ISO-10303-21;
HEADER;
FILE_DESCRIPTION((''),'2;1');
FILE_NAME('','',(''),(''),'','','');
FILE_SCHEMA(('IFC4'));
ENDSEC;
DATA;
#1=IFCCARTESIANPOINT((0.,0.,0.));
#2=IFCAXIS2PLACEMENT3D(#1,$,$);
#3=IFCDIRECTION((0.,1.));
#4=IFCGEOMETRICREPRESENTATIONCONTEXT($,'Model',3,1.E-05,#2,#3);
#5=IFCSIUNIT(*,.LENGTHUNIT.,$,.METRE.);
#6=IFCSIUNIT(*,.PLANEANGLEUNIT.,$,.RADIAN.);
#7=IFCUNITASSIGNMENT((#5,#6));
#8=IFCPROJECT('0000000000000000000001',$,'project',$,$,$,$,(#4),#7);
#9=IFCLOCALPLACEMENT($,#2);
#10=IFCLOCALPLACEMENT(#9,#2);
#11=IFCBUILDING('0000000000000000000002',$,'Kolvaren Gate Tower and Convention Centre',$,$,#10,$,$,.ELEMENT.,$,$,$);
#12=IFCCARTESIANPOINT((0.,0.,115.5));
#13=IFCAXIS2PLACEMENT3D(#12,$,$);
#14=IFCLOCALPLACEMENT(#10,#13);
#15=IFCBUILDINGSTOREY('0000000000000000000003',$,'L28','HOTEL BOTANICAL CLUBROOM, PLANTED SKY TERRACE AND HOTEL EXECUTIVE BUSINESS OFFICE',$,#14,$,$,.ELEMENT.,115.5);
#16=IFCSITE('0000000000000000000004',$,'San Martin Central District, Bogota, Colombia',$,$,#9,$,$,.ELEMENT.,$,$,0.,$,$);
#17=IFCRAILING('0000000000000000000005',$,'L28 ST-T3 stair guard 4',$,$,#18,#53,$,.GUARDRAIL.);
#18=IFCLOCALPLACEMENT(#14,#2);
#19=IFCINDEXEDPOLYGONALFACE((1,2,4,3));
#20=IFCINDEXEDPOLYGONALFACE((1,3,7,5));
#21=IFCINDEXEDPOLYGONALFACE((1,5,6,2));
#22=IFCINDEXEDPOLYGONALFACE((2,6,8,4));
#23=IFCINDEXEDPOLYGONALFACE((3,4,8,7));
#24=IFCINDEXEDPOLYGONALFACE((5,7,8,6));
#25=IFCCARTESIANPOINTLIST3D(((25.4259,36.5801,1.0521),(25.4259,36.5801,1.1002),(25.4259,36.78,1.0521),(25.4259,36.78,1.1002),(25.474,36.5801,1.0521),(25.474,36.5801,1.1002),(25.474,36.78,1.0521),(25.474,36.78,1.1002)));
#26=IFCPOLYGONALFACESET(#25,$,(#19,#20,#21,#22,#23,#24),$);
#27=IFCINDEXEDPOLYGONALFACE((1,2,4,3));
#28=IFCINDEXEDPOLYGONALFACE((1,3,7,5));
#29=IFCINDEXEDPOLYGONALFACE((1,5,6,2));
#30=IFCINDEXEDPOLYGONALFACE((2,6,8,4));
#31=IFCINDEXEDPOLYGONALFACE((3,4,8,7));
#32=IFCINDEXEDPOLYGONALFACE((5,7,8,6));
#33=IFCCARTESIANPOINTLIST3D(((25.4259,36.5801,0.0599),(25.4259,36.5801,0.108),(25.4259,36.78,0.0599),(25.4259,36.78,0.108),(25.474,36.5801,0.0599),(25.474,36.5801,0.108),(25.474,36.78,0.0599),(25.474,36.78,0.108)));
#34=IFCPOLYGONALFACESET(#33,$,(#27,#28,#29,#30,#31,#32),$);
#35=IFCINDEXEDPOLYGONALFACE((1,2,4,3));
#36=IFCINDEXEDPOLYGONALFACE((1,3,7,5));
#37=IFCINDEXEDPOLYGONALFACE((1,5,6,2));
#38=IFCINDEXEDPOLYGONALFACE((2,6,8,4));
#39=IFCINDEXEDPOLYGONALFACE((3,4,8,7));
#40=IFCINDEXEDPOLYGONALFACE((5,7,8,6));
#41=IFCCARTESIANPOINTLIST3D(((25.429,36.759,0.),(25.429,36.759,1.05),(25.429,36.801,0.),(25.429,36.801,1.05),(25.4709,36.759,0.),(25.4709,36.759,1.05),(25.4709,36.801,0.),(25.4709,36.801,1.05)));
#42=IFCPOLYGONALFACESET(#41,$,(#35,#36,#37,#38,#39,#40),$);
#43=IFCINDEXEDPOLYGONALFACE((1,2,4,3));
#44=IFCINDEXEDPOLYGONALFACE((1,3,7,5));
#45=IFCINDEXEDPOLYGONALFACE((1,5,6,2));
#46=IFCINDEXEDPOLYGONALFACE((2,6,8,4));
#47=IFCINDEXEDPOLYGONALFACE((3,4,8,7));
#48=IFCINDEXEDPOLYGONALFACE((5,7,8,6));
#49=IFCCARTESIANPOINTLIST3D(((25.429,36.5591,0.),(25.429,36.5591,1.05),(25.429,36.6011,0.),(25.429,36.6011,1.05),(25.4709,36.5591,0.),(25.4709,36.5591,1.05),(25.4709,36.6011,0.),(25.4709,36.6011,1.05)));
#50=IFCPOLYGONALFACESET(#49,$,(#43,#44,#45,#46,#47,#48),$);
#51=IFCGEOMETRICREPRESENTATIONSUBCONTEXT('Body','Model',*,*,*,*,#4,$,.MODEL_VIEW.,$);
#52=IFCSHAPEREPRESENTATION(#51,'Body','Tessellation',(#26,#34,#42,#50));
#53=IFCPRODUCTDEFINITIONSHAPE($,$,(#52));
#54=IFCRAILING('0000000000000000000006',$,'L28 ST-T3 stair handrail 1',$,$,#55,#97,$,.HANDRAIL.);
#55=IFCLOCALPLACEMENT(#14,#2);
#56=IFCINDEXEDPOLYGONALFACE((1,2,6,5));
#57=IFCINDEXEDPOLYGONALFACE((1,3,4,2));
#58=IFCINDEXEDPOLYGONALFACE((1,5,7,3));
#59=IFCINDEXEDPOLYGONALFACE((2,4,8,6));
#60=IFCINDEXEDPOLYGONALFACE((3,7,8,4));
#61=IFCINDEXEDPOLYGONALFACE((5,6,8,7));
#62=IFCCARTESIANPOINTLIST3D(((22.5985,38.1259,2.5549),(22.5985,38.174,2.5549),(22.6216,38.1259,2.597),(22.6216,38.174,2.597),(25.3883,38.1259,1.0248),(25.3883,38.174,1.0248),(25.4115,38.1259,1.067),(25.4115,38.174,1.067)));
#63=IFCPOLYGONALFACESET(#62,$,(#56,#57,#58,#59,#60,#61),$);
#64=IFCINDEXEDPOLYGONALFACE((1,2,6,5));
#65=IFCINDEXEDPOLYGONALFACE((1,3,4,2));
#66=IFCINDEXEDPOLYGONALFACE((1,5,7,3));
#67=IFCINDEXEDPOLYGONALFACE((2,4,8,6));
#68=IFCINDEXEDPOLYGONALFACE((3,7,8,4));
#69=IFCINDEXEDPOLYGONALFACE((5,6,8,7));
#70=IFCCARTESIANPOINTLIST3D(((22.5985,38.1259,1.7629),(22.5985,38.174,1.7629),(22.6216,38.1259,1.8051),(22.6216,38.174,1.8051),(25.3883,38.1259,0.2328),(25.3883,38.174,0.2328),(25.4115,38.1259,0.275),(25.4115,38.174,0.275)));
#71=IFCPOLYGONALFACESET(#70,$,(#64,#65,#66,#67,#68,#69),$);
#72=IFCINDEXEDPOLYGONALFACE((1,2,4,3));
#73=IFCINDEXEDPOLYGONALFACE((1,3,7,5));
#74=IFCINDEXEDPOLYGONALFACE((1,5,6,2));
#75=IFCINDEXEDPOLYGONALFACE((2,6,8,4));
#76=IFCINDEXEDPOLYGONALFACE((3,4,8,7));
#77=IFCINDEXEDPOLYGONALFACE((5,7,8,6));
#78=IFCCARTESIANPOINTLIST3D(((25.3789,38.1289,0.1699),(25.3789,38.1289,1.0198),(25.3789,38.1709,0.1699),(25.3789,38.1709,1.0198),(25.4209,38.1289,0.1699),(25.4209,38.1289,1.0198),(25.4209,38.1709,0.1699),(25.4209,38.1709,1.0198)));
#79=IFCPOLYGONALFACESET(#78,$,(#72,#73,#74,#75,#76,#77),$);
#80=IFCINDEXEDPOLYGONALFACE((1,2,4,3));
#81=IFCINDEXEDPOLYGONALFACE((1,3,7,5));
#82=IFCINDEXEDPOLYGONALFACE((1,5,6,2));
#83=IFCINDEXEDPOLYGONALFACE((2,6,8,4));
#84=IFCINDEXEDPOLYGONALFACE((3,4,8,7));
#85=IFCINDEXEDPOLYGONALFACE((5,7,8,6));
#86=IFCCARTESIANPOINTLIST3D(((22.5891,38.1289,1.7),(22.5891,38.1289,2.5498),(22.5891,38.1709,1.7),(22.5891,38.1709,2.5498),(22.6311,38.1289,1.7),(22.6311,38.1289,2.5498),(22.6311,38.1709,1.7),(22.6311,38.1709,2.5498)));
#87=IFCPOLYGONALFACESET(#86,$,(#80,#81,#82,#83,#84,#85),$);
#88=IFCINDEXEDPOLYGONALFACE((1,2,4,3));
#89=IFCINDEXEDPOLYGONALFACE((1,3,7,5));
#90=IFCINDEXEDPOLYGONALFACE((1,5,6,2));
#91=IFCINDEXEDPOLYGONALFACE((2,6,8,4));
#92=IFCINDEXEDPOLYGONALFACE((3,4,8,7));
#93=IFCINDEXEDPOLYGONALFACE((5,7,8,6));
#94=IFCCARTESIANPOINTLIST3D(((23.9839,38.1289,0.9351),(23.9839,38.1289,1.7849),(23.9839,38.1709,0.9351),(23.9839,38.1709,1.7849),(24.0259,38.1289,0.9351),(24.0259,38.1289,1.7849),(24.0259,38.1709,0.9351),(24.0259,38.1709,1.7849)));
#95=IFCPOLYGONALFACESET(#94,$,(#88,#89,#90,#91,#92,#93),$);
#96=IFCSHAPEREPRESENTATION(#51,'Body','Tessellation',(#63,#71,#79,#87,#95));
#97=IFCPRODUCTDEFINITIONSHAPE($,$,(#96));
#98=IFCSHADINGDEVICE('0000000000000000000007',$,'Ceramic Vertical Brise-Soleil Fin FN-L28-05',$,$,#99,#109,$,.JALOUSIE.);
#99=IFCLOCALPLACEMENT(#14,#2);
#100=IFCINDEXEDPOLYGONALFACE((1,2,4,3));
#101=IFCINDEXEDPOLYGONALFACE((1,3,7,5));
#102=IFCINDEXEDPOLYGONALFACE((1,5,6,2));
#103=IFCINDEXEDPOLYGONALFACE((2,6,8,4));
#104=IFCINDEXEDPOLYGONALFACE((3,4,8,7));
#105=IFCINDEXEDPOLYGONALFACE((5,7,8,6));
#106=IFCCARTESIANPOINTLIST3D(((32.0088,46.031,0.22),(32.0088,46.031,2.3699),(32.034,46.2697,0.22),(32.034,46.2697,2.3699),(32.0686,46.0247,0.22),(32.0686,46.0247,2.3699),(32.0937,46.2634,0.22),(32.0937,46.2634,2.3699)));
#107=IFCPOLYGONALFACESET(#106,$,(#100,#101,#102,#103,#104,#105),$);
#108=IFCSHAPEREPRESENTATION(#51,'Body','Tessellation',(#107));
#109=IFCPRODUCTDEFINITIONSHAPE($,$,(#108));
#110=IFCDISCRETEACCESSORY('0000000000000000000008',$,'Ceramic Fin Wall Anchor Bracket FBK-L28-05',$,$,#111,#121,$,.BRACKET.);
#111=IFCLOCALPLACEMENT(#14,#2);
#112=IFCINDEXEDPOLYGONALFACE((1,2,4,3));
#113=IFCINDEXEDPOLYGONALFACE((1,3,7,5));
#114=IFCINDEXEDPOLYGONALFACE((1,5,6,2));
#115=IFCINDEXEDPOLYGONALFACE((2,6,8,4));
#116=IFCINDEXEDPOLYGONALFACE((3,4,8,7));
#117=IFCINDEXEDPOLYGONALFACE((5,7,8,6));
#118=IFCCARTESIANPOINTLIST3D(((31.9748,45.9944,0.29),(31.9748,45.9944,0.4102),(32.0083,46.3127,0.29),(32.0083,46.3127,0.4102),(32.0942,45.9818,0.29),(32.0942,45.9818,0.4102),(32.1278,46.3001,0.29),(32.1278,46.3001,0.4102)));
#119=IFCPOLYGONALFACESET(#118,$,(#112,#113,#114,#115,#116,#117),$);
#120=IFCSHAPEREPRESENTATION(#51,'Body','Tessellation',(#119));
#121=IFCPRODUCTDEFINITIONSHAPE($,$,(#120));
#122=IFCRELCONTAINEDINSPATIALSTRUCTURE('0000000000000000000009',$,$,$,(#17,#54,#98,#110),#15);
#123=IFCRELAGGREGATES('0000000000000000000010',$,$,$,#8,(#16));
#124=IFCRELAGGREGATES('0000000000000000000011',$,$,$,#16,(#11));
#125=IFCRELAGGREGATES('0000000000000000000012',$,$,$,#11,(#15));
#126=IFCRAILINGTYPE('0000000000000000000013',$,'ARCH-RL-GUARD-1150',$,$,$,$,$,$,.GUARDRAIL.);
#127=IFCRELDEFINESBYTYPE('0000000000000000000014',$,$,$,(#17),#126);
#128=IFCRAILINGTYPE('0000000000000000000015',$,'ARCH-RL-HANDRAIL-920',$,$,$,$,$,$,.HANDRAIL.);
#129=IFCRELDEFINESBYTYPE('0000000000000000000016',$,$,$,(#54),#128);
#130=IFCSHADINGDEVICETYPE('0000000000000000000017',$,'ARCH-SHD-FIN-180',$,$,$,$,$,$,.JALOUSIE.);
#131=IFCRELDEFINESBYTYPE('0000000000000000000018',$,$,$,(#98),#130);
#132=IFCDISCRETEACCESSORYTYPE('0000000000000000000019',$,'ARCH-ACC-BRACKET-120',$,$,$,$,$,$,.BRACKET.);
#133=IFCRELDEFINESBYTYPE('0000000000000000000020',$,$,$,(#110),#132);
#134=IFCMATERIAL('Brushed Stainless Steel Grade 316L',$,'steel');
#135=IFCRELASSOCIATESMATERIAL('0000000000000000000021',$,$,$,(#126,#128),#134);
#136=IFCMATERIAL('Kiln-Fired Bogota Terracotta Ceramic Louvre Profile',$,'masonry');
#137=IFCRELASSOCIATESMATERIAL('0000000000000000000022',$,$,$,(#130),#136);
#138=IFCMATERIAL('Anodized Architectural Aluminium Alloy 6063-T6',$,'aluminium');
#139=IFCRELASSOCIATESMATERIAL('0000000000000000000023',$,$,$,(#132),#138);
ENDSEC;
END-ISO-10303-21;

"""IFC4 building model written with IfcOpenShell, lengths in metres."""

from ifc_helpers import new_model, si_unit, direction, frame, origin, origin_2d, place, context, subcontext, project, spatial, rectangle, extrude, material, type_object, element, save


model = new_model("IFC4")

# Units and contexts
model_context = context("Model", 3, precision=1e-05, world=origin(), true_north=direction((0.0, 1.0)))
body_context = subcontext(model_context, "Body", "Model", "MODEL_VIEW")
ifc_project = project(units=[si_unit("LENGTHUNIT", "METRE"), si_unit("PLANEANGLEUNIT", "RADIAN")], contexts=[model_context])

# Site, building, storey
site_placement = place(None, origin())
site = spatial("IfcSite", under=ifc_project, at=site_placement, Name="San Martin Central District, Bogota, Colombia", CompositionType="ELEMENT", RefElevation=0.0)
building_placement = place(site_placement, origin())
building = spatial("IfcBuilding", under=site, at=building_placement, Name="Kolvaren Gate Tower and Convention Centre", CompositionType="ELEMENT")
storey_placement = place(building_placement, frame((0.0, 0.0, 115.5)))
storey = spatial("IfcBuildingStorey", under=building, at=storey_placement, Name="L28", Description="HOTEL BOTANICAL CLUBROOM, PLANTED SKY TERRACE AND HOTEL EXECUTIVE BUSINESS OFFICE", CompositionType="ELEMENT", Elevation=115.5)

# Railings
ifc_material_1 = material(Name="Brushed Stainless Steel Grade 316L", Category="steel")
railing_type_1 = type_object("IfcRailingType", Name="ARCH-RL-GUARD-1150", PredefinedType="GUARDRAIL", material=ifc_material_1)
railing_1_placement = place(storey_placement, frame((25.45, 36.78, 0.0)))
element("IfcRailing", 1, at=railing_1_placement, inside=storey, type_object=railing_type_1, Name="L28 ST-T3 stair guard 4", PredefinedType="GUARDRAIL", context=body_context, shape_type="SweptSolid", body=[
    extrude(rectangle(XDim=0.0481, YDim=0.0481, at=origin_2d()), frame((0.0, 0.0, 1.0762), z_axis=(0.0, -1.0, 0.0), x_axis=(1.0, 0.0, 0.0)), (0.0, 0.0, 1.0), 0.2),
    extrude(rectangle(XDim=0.0481, YDim=0.0481, at=origin_2d()), frame((0.0, 0.0, 0.084), z_axis=(0.0, -1.0, 0.0), x_axis=(1.0, 0.0, 0.0)), (0.0, 0.0, 1.0), 0.2),
    extrude(rectangle(XDim=0.042, YDim=0.042, at=origin_2d()), origin(), (0.0, 0.0, 1.0), 1.05),
    extrude(rectangle(XDim=0.042, YDim=0.042, at=origin_2d()), frame((0.0, -0.2, 0.0)), (0.0, 0.0, 1.0), 1.05),
])
railing_type_2 = type_object("IfcRailingType", Name="ARCH-RL-HANDRAIL-920", PredefinedType="HANDRAIL", material=ifc_material_1)
railing_2_placement = place(storey_placement, frame((25.3999, 38.1499, 0.1699)))
element("IfcRailing", 2, at=railing_2_placement, inside=storey, type_object=railing_type_2, Name="L28 ST-T3 stair handrail 1", PredefinedType="HANDRAIL", context=body_context, shape_type="SweptSolid", body=[
    extrude(rectangle(XDim=0.0481, YDim=0.0481, at=origin_2d()), frame((0.0, 0.0, 0.876), z_axis=(-0.876794, 0.0, 0.480867), x_axis=(0.0, -1.0, 0.0)), (0.0, 0.0, 1.0), 3.1819),
    extrude(rectangle(XDim=0.0481, YDim=0.0481, at=origin_2d()), frame((0.0, 0.0, 0.084), z_axis=(-0.876794, 0.0, 0.480867), x_axis=(0.0, -1.0, 0.0)), (0.0, 0.0, 1.0), 3.1819),
    extrude(rectangle(XDim=0.042, YDim=0.042, at=origin_2d()), origin(), (0.0, 0.0, 1.0), 0.8499),
    extrude(rectangle(XDim=0.042, YDim=0.042, at=origin_2d()), frame((-2.7898, 0.0, 1.53)), (0.0, 0.0, 1.0), 0.8499),
    extrude(rectangle(XDim=0.042, YDim=0.042, at=origin_2d()), frame((-1.395, 0.0, 0.7651)), (0.0, 0.0, 1.0), 0.8499),
])

# Shading device
ifc_material_2 = material(Name="Kiln-Fired Bogota Terracotta Ceramic Louvre Profile", Category="masonry")
shading_device_type = type_object("IfcShadingDeviceType", Name="ARCH-SHD-FIN-180", PredefinedType="JALOUSIE", material=ifc_material_2)
shading_device_placement = place(storey_placement, frame((32.0513, 46.1472, 0.22), z_axis=(0.0, 0.0, 1.0), x_axis=(0.9945, -0.104737, 0.0)))
element("IfcShadingDevice", 3, at=shading_device_placement, inside=storey, type_object=shading_device_type, Name="Ceramic Vertical Brise-Soleil Fin FN-L28-05", PredefinedType="JALOUSIE", context=body_context, shape_type="SweptSolid", body=[
    extrude(rectangle(XDim=0.0601, YDim=0.24, at=origin_2d()), origin(), (0.0, 0.0, 1.0), 2.1499),
])

# Discrete accessory
ifc_material_3 = material(Name="Anodized Architectural Aluminium Alloy 6063-T6", Category="aluminium")
discrete_accessory_type = type_object("IfcDiscreteAccessoryType", Name="ARCH-ACC-BRACKET-120", PredefinedType="BRACKET", material=ifc_material_3)
discrete_accessory_placement = place(storey_placement, frame((32.0513, 46.1472, 0.29), z_axis=(0.0, 0.0, 1.0), x_axis=(0.9945, -0.104737, 0.0)))
element("IfcDiscreteAccessory", 4, at=discrete_accessory_placement, inside=storey, type_object=discrete_accessory_type, Name="Ceramic Fin Wall Anchor Bracket FBK-L28-05", PredefinedType="BRACKET", context=body_context, shape_type="SweptSolid", body=[
    extrude(rectangle(XDim=0.1201, YDim=0.3201, at=origin_2d()), origin(), (0.0, 0.0, 1.0), 0.1201),
])

save(model, "model.ifc")
